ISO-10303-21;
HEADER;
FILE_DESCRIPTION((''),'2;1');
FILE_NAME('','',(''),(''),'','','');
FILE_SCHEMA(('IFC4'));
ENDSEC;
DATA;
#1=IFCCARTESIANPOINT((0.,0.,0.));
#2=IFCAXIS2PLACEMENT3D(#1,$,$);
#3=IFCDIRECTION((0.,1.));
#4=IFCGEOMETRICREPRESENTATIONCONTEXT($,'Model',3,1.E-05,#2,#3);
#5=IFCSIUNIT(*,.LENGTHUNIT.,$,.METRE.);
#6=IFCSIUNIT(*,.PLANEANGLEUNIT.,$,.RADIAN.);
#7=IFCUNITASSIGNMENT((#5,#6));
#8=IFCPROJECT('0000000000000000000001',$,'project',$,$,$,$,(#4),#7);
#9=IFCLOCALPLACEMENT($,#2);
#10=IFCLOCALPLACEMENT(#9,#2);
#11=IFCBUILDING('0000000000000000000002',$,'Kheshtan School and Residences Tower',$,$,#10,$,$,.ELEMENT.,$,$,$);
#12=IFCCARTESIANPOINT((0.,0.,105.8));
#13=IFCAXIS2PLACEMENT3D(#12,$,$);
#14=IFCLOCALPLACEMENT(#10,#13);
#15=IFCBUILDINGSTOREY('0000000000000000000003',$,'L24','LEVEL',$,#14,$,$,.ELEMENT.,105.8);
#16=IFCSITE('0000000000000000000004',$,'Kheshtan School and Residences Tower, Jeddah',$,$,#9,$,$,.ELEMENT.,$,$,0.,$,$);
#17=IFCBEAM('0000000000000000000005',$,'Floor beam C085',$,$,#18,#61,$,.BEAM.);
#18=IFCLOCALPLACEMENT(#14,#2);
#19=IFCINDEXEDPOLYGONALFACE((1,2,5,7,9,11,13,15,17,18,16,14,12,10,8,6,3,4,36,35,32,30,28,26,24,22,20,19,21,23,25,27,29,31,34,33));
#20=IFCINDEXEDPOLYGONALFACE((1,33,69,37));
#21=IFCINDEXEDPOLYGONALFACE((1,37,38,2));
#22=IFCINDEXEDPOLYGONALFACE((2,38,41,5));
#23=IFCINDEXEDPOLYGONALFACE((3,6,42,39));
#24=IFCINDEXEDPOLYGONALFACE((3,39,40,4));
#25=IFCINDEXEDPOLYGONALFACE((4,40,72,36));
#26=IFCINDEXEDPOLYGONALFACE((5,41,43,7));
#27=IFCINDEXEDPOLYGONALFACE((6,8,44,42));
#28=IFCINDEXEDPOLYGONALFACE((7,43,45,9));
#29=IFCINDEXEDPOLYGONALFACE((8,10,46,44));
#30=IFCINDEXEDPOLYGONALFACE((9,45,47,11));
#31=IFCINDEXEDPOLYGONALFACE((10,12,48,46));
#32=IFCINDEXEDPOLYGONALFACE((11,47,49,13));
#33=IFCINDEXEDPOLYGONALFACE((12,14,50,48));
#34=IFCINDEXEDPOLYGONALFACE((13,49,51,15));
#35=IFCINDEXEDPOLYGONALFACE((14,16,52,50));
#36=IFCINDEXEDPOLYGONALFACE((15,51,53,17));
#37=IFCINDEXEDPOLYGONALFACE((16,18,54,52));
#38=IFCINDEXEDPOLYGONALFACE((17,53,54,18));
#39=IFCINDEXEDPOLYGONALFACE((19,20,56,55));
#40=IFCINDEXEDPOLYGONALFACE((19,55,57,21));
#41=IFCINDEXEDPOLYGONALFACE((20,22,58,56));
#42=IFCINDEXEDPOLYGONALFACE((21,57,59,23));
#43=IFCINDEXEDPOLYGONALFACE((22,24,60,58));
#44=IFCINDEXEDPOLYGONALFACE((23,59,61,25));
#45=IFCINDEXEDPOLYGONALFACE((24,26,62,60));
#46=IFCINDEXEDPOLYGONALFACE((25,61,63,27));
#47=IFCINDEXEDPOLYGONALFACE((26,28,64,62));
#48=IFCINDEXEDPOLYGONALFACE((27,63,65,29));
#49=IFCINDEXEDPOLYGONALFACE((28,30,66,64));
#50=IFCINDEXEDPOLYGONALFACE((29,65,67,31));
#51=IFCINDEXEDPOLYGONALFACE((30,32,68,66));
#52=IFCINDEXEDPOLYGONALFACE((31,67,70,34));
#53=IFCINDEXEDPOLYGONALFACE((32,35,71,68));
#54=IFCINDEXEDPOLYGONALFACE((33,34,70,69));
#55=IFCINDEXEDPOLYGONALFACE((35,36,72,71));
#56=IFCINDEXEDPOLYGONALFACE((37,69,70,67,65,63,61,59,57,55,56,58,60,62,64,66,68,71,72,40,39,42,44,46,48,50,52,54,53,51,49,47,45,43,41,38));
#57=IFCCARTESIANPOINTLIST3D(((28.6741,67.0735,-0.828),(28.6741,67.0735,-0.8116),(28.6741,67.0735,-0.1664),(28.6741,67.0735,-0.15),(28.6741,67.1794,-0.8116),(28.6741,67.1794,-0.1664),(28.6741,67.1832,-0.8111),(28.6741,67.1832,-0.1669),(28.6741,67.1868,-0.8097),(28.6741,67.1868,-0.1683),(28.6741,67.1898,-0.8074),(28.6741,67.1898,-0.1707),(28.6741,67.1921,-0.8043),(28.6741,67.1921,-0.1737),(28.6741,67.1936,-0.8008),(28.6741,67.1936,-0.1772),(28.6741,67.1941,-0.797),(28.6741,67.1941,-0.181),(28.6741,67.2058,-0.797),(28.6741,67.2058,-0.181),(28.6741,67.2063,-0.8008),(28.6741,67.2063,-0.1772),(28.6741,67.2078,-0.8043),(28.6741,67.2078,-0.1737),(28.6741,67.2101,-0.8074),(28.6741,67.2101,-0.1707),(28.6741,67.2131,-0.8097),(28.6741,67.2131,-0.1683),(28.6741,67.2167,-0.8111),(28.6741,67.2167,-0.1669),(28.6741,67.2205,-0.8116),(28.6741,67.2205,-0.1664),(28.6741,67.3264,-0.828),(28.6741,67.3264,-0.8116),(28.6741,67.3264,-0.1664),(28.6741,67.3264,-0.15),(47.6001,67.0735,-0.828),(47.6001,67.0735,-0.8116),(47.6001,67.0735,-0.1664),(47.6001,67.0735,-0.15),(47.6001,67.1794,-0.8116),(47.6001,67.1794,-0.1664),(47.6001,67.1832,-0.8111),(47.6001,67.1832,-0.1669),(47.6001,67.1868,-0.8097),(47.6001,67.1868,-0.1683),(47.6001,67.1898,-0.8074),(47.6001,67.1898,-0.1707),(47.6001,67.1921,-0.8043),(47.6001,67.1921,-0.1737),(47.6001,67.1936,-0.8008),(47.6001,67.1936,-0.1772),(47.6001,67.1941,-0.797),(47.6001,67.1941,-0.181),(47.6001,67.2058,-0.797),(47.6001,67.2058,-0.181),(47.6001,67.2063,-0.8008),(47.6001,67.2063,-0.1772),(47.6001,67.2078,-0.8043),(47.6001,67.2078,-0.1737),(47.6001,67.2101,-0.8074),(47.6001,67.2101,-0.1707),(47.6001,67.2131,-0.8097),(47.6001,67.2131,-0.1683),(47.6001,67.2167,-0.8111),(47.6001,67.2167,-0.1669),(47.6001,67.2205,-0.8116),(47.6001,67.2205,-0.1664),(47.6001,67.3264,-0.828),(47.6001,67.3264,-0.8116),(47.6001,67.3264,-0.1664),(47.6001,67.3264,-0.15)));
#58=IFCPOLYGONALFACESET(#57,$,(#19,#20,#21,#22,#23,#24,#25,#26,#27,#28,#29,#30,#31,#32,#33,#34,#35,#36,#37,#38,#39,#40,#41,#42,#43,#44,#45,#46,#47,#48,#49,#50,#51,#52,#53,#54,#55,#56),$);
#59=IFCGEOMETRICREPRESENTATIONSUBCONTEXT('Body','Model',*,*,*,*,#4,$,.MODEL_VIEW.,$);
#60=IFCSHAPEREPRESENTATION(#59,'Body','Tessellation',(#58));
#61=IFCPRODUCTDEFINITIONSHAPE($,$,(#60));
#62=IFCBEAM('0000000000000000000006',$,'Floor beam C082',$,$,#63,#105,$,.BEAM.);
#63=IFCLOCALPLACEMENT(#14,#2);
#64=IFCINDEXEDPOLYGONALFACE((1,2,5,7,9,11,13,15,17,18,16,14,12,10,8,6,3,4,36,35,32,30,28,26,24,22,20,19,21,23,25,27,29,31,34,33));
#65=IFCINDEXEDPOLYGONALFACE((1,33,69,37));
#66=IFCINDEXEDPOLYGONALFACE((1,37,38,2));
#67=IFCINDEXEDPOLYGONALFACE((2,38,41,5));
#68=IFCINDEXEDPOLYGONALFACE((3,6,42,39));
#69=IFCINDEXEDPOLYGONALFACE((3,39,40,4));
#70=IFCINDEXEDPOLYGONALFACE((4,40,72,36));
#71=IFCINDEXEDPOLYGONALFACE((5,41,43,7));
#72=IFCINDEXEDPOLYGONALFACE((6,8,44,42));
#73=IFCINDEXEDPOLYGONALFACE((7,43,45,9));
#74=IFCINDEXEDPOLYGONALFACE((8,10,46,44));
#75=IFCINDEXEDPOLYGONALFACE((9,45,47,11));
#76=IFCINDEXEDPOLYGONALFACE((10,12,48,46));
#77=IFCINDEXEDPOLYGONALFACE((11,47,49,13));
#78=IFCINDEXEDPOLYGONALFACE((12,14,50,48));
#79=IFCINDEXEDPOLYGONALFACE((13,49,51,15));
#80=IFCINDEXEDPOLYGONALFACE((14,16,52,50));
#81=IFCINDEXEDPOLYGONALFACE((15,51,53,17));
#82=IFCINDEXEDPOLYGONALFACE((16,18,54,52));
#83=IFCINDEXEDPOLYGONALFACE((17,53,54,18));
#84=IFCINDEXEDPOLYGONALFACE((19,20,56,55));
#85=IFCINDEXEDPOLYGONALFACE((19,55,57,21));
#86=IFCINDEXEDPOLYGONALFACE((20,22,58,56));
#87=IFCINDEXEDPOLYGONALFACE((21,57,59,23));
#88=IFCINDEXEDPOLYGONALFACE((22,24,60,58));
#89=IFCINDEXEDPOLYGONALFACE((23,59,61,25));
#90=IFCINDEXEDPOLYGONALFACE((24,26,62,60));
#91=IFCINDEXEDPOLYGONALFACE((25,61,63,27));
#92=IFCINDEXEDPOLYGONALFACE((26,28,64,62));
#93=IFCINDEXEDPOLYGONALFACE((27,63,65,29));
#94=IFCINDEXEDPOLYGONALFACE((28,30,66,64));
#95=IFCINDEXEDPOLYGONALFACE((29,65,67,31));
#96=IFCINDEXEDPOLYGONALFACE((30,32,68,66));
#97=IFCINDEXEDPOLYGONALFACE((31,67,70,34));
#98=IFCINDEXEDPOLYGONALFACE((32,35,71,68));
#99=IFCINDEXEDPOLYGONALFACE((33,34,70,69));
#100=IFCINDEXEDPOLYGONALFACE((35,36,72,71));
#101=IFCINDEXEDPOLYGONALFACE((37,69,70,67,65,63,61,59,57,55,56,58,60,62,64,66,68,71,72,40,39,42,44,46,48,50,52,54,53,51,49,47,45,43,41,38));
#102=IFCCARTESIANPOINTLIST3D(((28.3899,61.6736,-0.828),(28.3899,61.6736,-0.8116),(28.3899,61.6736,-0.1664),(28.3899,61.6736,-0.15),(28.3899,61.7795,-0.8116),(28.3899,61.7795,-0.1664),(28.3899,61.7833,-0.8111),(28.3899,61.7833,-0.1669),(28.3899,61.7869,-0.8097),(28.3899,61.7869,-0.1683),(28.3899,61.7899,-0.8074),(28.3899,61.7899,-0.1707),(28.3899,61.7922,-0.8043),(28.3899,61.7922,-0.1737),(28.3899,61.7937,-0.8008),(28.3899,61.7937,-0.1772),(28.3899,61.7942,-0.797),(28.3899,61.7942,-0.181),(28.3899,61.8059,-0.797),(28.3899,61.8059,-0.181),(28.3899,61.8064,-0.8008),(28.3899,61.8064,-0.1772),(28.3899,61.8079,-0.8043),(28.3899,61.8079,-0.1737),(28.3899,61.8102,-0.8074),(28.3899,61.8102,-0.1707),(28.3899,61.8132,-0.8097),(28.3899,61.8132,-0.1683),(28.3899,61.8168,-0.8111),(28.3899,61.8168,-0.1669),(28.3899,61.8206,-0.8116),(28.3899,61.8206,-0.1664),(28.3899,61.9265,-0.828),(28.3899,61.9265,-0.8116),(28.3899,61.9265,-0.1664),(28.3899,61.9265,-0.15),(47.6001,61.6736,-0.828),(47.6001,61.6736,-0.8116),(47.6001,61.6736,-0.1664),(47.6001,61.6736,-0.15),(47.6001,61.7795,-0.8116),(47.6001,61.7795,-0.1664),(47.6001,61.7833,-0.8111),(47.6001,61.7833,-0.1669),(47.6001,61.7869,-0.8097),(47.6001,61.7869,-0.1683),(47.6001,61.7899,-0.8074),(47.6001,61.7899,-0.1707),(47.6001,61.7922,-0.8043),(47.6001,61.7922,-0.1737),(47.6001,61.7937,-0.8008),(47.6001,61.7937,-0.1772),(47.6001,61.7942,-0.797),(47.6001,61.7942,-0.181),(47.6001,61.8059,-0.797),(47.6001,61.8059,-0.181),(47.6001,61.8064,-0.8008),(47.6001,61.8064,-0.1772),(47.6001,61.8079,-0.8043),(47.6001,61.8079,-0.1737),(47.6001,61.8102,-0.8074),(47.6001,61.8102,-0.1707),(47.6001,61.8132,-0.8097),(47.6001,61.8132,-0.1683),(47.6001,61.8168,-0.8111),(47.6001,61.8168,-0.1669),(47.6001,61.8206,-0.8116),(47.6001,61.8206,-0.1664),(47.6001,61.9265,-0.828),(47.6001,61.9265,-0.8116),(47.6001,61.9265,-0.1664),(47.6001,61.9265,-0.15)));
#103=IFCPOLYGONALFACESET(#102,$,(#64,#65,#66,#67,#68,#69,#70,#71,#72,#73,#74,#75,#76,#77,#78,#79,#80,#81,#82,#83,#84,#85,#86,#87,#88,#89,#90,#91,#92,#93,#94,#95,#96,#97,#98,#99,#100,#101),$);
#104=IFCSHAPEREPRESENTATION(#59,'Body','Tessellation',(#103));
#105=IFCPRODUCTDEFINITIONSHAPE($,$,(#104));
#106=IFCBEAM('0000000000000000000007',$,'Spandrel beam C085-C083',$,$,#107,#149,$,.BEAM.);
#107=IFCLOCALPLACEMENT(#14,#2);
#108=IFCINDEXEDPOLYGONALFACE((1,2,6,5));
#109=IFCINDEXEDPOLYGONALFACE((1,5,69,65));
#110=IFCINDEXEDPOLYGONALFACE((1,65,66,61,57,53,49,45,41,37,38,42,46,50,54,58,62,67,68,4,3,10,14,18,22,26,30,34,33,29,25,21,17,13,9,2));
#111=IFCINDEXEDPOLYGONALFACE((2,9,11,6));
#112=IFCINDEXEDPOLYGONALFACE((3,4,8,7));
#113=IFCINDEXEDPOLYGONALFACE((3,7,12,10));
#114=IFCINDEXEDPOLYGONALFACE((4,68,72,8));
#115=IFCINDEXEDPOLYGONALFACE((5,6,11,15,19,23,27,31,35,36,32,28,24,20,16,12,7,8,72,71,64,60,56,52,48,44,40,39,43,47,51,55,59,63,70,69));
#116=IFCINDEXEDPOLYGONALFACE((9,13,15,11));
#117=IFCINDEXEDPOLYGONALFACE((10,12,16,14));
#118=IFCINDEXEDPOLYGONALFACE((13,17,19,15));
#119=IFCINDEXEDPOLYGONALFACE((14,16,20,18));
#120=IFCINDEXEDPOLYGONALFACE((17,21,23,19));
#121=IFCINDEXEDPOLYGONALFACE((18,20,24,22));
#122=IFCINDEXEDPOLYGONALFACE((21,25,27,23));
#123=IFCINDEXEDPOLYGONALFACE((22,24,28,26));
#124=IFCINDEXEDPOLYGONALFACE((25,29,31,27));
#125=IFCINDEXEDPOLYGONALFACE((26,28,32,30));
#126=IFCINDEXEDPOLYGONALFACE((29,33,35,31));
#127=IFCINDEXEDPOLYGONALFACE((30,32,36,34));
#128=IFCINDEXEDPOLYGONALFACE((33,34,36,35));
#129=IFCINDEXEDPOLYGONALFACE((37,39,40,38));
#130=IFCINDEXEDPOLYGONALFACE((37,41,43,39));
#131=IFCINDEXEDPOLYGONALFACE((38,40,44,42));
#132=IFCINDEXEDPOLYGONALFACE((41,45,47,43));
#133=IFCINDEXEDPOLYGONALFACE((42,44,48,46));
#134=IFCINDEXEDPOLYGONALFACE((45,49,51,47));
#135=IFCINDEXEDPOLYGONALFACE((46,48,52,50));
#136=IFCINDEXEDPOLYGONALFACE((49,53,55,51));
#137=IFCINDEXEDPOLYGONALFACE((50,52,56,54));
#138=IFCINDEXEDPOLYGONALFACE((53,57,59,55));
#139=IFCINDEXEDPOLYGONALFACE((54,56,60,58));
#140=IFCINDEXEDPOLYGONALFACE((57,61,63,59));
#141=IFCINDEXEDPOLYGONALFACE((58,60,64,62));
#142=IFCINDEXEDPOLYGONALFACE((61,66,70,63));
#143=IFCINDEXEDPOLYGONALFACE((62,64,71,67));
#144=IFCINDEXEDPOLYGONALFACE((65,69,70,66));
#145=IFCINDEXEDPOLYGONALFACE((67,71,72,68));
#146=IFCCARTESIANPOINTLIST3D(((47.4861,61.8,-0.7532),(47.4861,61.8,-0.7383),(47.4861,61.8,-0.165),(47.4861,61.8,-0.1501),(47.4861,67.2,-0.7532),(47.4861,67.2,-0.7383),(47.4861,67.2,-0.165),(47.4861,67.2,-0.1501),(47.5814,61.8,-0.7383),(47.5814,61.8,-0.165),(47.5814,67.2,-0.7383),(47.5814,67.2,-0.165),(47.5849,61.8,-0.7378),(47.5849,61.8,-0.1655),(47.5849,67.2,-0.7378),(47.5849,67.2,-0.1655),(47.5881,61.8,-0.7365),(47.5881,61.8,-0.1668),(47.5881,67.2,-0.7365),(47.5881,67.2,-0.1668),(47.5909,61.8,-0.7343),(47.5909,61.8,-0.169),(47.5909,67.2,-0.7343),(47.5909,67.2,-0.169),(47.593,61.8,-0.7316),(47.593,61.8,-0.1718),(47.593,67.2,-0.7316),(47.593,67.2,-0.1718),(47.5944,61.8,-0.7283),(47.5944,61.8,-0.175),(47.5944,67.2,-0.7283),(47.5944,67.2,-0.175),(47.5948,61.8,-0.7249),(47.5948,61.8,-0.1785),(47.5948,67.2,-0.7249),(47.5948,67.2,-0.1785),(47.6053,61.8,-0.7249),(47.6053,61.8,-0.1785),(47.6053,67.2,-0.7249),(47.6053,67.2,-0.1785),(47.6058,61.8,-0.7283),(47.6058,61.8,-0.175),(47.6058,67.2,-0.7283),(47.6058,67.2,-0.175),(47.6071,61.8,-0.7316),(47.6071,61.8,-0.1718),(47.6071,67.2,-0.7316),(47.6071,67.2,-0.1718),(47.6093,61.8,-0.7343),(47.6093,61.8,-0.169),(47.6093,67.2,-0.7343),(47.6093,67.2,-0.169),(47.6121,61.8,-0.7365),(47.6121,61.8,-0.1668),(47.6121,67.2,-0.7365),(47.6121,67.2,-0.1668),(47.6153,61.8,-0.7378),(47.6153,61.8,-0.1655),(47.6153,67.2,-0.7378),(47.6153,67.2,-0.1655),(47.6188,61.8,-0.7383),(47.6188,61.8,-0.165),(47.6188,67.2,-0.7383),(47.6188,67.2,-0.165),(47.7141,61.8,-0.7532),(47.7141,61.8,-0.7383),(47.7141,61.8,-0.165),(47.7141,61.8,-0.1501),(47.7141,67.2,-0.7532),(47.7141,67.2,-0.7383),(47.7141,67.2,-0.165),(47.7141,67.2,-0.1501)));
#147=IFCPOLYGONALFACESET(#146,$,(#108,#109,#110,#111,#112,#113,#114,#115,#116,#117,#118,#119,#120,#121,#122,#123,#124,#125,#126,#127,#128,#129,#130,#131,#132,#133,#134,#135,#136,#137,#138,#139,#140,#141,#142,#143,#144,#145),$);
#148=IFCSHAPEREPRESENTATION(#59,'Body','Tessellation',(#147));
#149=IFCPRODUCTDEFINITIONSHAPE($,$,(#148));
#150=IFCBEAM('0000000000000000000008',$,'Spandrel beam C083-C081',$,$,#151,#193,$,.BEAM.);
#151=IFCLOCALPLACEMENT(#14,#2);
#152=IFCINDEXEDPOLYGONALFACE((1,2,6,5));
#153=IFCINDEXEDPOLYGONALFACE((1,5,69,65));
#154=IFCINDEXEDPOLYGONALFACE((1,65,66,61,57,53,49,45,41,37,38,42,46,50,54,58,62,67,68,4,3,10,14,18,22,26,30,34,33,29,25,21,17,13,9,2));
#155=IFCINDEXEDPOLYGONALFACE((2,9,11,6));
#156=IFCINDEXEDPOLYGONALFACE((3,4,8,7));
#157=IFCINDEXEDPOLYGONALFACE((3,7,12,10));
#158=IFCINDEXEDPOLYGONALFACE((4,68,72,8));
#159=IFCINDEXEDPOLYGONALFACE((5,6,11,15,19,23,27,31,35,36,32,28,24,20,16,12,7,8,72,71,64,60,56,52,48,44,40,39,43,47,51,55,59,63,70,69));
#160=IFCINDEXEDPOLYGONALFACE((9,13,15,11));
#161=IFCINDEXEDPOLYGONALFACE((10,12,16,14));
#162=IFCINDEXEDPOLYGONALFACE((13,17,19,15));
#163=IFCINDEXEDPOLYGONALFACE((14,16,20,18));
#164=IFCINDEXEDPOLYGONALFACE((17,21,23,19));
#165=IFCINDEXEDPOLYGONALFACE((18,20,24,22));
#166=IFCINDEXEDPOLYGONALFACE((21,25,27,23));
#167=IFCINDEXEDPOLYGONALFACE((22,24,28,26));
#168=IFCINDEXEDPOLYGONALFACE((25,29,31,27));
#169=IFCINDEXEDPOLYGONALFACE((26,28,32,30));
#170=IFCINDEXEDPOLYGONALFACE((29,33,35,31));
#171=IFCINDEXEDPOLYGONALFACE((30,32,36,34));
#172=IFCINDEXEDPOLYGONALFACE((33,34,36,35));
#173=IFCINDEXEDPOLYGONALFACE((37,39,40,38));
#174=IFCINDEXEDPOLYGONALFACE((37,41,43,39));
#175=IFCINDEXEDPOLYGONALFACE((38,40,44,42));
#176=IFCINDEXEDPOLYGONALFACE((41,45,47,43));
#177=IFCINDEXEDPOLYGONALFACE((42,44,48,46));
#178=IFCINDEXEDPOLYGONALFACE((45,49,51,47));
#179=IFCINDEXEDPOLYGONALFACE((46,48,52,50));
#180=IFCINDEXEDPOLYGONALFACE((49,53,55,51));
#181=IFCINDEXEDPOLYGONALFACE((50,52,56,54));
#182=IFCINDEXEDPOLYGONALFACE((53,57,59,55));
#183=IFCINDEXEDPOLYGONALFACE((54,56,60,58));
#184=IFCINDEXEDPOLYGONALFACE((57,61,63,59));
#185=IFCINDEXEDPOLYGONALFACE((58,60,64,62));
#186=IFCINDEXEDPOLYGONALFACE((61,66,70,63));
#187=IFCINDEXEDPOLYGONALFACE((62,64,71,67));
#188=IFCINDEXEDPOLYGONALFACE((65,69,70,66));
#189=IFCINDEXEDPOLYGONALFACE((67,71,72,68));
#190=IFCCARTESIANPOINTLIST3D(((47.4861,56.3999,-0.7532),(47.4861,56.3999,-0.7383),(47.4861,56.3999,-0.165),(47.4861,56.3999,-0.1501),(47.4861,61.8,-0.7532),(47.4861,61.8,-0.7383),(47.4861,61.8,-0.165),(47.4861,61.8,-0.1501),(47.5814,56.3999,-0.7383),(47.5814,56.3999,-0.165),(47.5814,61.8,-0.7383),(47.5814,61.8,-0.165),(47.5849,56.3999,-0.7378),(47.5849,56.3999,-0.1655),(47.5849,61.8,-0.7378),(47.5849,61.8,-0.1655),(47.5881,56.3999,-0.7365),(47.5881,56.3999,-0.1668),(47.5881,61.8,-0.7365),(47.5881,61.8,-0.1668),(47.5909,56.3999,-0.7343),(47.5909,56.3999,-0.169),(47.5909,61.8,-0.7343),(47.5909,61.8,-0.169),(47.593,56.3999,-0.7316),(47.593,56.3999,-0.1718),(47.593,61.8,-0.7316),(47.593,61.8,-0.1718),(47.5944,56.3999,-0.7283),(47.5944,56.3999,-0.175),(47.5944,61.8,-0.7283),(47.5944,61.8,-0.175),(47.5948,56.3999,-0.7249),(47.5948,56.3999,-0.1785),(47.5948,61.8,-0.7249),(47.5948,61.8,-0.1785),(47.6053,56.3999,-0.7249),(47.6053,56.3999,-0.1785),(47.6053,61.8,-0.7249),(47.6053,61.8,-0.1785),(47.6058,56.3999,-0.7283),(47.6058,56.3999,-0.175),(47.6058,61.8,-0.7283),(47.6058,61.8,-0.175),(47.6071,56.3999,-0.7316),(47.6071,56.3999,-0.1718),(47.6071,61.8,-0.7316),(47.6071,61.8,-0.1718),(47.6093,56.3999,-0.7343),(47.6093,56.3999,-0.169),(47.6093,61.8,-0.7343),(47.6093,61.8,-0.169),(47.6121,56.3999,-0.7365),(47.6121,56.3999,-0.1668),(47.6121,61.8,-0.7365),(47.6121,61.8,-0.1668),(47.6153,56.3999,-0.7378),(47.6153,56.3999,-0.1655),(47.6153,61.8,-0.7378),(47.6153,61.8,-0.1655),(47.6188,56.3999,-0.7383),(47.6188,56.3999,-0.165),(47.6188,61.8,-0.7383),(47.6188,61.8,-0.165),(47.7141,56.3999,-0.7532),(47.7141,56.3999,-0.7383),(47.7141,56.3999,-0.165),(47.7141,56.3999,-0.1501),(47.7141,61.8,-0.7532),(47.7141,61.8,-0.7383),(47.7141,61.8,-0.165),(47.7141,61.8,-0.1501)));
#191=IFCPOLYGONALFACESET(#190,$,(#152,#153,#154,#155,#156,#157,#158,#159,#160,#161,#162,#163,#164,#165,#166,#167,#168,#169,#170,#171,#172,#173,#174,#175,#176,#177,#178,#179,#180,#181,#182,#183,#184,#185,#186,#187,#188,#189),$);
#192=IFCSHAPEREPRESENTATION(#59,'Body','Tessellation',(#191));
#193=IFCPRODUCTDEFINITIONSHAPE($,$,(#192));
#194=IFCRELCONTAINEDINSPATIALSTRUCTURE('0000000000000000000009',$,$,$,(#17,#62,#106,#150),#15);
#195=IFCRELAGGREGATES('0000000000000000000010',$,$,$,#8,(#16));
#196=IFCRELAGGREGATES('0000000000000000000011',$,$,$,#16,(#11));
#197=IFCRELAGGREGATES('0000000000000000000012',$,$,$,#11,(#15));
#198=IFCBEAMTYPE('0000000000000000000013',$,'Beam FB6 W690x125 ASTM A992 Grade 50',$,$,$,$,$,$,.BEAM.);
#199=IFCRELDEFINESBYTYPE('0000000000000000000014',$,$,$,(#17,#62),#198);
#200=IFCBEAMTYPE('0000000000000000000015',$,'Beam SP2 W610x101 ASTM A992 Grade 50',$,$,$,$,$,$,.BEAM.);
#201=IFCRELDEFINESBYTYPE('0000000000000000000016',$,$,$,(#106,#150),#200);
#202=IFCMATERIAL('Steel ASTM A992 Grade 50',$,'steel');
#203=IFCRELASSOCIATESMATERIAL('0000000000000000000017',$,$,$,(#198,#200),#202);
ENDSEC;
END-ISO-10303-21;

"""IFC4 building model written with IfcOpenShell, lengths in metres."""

from ifc_helpers import new_model, si_unit, direction, frame, origin, origin_2d, place, context, subcontext, project, spatial, i_section, extrude, material, material_profile, profile_set, type_object, element, save


model = new_model("IFC4")

# Units and contexts
model_context = context("Model", 3, precision=1e-05, world=origin(), true_north=direction((0.0, 1.0)))
body_context = subcontext(model_context, "Body", "Model", "MODEL_VIEW")
ifc_project = project(units=[si_unit("LENGTHUNIT", "METRE"), si_unit("PLANEANGLEUNIT", "RADIAN")], contexts=[model_context])

# Site, building, storey
site_placement = place(None, origin())
site = spatial("IfcSite", under=ifc_project, at=site_placement, Name="Kheshtan School and Residences Tower, Jeddah", CompositionType="ELEMENT", RefElevation=0.0)
building_placement = place(site_placement, origin())
building = spatial("IfcBuilding", under=site, at=building_placement, Name="Kheshtan School and Residences Tower", CompositionType="ELEMENT")
storey_placement = place(building_placement, frame((0.0, 0.0, 105.8)))
storey = spatial("IfcBuildingStorey", under=building, at=storey_placement, Name="L24", Description="LEVEL", CompositionType="ELEMENT", Elevation=105.8)

# Shared definitions
ifc_material_1 = material(Name="Steel ASTM A992 Grade 50", Category="steel")

# Beams
ifc_material_profile_1 = material_profile(ifc_material_1, i_section(OverallWidth=0.2529, OverallDepth=0.678, WebThickness=0.0117, FlangeThickness=0.0164, FilletRadius=0.0146, at=origin_2d()), Name="W690x125")
ifc_profile_set_1 = profile_set([ifc_material_profile_1], Name="Steel ASTM A992 Grade 50")
beam_type_1 = type_object("IfcBeamType", Name="Beam FB6 W690x125 ASTM A992 Grade 50", PredefinedType="BEAM", material=ifc_profile_set_1)
beam_1_placement = place(storey_placement, frame((47.6001, 67.2, -0.489), z_axis=(-1.0, 0.0, 0.0), x_axis=(0.0, -1.0, 0.0)))
element("IfcBeam", 1, at=beam_1_placement, inside=storey, type_object=beam_type_1, Name="Floor beam C085", PredefinedType="BEAM", context=body_context, shape_type="SweptSolid", body=[
    extrude(i_section(OverallWidth=0.2529, OverallDepth=0.678, WebThickness=0.0117, FlangeThickness=0.0164, FilletRadius=0.0146, at=origin_2d()), origin(), (0.0, 0.0, 1.0), 18.926),
])
beam_2_placement = place(storey_placement, frame((28.3899, 61.8, -0.489), z_axis=(1.0, 0.0, 0.0), x_axis=(0.0, 1.0, 0.0)))
element("IfcBeam", 2, at=beam_2_placement, inside=storey, type_object=beam_type_1, Name="Floor beam C082", PredefinedType="BEAM", context=body_context, shape_type="SweptSolid", body=[
    extrude(i_section(OverallWidth=0.2529, OverallDepth=0.678, WebThickness=0.0117, FlangeThickness=0.0164, FilletRadius=0.0146, at=origin_2d()), origin(), (0.0, 0.0, 1.0), 19.2102),
])
ifc_material_profile_2 = material_profile(ifc_material_1, i_section(OverallWidth=0.228, OverallDepth=0.603, WebThickness=0.0105, FlangeThickness=0.0149, FilletRadius=0.0134, at=origin_2d()), Name="W610x101")
ifc_profile_set_2 = profile_set([ifc_material_profile_2], Name="Steel ASTM A992 Grade 50")
beam_type_2 = type_object("IfcBeamType", Name="Beam SP2 W610x101 ASTM A992 Grade 50", PredefinedType="BEAM", material=ifc_profile_set_2)
beam_3_placement = place(storey_placement, frame((47.6001, 67.2, -0.4517), z_axis=(0.0, -1.0, 0.0), x_axis=(1.0, 0.0, 0.0)))
element("IfcBeam", 3, at=beam_3_placement, inside=storey, type_object=beam_type_2, Name="Spandrel beam C085-C083", PredefinedType="BEAM", context=body_context, shape_type="SweptSolid", body=[
    extrude(i_section(OverallWidth=0.228, OverallDepth=0.603, WebThickness=0.0105, FlangeThickness=0.0149, FilletRadius=0.0134, at=origin_2d()), origin(), (0.0, 0.0, 1.0), 5.3999),
])
beam_4_placement = place(storey_placement, frame((47.6001, 61.8, -0.4517), z_axis=(0.0, -1.0, 0.0), x_axis=(1.0, 0.0, 0.0)))
element("IfcBeam", 4, at=beam_4_placement, inside=storey, type_object=beam_type_2, Name="Spandrel beam C083-C081", PredefinedType="BEAM", context=body_context, shape_type="SweptSolid", body=[
    extrude(i_section(OverallWidth=0.228, OverallDepth=0.603, WebThickness=0.0105, FlangeThickness=0.0149, FilletRadius=0.0134, at=origin_2d()), origin(), (0.0, 0.0, 1.0), 5.4001),
])

save(model, "model.ifc")
